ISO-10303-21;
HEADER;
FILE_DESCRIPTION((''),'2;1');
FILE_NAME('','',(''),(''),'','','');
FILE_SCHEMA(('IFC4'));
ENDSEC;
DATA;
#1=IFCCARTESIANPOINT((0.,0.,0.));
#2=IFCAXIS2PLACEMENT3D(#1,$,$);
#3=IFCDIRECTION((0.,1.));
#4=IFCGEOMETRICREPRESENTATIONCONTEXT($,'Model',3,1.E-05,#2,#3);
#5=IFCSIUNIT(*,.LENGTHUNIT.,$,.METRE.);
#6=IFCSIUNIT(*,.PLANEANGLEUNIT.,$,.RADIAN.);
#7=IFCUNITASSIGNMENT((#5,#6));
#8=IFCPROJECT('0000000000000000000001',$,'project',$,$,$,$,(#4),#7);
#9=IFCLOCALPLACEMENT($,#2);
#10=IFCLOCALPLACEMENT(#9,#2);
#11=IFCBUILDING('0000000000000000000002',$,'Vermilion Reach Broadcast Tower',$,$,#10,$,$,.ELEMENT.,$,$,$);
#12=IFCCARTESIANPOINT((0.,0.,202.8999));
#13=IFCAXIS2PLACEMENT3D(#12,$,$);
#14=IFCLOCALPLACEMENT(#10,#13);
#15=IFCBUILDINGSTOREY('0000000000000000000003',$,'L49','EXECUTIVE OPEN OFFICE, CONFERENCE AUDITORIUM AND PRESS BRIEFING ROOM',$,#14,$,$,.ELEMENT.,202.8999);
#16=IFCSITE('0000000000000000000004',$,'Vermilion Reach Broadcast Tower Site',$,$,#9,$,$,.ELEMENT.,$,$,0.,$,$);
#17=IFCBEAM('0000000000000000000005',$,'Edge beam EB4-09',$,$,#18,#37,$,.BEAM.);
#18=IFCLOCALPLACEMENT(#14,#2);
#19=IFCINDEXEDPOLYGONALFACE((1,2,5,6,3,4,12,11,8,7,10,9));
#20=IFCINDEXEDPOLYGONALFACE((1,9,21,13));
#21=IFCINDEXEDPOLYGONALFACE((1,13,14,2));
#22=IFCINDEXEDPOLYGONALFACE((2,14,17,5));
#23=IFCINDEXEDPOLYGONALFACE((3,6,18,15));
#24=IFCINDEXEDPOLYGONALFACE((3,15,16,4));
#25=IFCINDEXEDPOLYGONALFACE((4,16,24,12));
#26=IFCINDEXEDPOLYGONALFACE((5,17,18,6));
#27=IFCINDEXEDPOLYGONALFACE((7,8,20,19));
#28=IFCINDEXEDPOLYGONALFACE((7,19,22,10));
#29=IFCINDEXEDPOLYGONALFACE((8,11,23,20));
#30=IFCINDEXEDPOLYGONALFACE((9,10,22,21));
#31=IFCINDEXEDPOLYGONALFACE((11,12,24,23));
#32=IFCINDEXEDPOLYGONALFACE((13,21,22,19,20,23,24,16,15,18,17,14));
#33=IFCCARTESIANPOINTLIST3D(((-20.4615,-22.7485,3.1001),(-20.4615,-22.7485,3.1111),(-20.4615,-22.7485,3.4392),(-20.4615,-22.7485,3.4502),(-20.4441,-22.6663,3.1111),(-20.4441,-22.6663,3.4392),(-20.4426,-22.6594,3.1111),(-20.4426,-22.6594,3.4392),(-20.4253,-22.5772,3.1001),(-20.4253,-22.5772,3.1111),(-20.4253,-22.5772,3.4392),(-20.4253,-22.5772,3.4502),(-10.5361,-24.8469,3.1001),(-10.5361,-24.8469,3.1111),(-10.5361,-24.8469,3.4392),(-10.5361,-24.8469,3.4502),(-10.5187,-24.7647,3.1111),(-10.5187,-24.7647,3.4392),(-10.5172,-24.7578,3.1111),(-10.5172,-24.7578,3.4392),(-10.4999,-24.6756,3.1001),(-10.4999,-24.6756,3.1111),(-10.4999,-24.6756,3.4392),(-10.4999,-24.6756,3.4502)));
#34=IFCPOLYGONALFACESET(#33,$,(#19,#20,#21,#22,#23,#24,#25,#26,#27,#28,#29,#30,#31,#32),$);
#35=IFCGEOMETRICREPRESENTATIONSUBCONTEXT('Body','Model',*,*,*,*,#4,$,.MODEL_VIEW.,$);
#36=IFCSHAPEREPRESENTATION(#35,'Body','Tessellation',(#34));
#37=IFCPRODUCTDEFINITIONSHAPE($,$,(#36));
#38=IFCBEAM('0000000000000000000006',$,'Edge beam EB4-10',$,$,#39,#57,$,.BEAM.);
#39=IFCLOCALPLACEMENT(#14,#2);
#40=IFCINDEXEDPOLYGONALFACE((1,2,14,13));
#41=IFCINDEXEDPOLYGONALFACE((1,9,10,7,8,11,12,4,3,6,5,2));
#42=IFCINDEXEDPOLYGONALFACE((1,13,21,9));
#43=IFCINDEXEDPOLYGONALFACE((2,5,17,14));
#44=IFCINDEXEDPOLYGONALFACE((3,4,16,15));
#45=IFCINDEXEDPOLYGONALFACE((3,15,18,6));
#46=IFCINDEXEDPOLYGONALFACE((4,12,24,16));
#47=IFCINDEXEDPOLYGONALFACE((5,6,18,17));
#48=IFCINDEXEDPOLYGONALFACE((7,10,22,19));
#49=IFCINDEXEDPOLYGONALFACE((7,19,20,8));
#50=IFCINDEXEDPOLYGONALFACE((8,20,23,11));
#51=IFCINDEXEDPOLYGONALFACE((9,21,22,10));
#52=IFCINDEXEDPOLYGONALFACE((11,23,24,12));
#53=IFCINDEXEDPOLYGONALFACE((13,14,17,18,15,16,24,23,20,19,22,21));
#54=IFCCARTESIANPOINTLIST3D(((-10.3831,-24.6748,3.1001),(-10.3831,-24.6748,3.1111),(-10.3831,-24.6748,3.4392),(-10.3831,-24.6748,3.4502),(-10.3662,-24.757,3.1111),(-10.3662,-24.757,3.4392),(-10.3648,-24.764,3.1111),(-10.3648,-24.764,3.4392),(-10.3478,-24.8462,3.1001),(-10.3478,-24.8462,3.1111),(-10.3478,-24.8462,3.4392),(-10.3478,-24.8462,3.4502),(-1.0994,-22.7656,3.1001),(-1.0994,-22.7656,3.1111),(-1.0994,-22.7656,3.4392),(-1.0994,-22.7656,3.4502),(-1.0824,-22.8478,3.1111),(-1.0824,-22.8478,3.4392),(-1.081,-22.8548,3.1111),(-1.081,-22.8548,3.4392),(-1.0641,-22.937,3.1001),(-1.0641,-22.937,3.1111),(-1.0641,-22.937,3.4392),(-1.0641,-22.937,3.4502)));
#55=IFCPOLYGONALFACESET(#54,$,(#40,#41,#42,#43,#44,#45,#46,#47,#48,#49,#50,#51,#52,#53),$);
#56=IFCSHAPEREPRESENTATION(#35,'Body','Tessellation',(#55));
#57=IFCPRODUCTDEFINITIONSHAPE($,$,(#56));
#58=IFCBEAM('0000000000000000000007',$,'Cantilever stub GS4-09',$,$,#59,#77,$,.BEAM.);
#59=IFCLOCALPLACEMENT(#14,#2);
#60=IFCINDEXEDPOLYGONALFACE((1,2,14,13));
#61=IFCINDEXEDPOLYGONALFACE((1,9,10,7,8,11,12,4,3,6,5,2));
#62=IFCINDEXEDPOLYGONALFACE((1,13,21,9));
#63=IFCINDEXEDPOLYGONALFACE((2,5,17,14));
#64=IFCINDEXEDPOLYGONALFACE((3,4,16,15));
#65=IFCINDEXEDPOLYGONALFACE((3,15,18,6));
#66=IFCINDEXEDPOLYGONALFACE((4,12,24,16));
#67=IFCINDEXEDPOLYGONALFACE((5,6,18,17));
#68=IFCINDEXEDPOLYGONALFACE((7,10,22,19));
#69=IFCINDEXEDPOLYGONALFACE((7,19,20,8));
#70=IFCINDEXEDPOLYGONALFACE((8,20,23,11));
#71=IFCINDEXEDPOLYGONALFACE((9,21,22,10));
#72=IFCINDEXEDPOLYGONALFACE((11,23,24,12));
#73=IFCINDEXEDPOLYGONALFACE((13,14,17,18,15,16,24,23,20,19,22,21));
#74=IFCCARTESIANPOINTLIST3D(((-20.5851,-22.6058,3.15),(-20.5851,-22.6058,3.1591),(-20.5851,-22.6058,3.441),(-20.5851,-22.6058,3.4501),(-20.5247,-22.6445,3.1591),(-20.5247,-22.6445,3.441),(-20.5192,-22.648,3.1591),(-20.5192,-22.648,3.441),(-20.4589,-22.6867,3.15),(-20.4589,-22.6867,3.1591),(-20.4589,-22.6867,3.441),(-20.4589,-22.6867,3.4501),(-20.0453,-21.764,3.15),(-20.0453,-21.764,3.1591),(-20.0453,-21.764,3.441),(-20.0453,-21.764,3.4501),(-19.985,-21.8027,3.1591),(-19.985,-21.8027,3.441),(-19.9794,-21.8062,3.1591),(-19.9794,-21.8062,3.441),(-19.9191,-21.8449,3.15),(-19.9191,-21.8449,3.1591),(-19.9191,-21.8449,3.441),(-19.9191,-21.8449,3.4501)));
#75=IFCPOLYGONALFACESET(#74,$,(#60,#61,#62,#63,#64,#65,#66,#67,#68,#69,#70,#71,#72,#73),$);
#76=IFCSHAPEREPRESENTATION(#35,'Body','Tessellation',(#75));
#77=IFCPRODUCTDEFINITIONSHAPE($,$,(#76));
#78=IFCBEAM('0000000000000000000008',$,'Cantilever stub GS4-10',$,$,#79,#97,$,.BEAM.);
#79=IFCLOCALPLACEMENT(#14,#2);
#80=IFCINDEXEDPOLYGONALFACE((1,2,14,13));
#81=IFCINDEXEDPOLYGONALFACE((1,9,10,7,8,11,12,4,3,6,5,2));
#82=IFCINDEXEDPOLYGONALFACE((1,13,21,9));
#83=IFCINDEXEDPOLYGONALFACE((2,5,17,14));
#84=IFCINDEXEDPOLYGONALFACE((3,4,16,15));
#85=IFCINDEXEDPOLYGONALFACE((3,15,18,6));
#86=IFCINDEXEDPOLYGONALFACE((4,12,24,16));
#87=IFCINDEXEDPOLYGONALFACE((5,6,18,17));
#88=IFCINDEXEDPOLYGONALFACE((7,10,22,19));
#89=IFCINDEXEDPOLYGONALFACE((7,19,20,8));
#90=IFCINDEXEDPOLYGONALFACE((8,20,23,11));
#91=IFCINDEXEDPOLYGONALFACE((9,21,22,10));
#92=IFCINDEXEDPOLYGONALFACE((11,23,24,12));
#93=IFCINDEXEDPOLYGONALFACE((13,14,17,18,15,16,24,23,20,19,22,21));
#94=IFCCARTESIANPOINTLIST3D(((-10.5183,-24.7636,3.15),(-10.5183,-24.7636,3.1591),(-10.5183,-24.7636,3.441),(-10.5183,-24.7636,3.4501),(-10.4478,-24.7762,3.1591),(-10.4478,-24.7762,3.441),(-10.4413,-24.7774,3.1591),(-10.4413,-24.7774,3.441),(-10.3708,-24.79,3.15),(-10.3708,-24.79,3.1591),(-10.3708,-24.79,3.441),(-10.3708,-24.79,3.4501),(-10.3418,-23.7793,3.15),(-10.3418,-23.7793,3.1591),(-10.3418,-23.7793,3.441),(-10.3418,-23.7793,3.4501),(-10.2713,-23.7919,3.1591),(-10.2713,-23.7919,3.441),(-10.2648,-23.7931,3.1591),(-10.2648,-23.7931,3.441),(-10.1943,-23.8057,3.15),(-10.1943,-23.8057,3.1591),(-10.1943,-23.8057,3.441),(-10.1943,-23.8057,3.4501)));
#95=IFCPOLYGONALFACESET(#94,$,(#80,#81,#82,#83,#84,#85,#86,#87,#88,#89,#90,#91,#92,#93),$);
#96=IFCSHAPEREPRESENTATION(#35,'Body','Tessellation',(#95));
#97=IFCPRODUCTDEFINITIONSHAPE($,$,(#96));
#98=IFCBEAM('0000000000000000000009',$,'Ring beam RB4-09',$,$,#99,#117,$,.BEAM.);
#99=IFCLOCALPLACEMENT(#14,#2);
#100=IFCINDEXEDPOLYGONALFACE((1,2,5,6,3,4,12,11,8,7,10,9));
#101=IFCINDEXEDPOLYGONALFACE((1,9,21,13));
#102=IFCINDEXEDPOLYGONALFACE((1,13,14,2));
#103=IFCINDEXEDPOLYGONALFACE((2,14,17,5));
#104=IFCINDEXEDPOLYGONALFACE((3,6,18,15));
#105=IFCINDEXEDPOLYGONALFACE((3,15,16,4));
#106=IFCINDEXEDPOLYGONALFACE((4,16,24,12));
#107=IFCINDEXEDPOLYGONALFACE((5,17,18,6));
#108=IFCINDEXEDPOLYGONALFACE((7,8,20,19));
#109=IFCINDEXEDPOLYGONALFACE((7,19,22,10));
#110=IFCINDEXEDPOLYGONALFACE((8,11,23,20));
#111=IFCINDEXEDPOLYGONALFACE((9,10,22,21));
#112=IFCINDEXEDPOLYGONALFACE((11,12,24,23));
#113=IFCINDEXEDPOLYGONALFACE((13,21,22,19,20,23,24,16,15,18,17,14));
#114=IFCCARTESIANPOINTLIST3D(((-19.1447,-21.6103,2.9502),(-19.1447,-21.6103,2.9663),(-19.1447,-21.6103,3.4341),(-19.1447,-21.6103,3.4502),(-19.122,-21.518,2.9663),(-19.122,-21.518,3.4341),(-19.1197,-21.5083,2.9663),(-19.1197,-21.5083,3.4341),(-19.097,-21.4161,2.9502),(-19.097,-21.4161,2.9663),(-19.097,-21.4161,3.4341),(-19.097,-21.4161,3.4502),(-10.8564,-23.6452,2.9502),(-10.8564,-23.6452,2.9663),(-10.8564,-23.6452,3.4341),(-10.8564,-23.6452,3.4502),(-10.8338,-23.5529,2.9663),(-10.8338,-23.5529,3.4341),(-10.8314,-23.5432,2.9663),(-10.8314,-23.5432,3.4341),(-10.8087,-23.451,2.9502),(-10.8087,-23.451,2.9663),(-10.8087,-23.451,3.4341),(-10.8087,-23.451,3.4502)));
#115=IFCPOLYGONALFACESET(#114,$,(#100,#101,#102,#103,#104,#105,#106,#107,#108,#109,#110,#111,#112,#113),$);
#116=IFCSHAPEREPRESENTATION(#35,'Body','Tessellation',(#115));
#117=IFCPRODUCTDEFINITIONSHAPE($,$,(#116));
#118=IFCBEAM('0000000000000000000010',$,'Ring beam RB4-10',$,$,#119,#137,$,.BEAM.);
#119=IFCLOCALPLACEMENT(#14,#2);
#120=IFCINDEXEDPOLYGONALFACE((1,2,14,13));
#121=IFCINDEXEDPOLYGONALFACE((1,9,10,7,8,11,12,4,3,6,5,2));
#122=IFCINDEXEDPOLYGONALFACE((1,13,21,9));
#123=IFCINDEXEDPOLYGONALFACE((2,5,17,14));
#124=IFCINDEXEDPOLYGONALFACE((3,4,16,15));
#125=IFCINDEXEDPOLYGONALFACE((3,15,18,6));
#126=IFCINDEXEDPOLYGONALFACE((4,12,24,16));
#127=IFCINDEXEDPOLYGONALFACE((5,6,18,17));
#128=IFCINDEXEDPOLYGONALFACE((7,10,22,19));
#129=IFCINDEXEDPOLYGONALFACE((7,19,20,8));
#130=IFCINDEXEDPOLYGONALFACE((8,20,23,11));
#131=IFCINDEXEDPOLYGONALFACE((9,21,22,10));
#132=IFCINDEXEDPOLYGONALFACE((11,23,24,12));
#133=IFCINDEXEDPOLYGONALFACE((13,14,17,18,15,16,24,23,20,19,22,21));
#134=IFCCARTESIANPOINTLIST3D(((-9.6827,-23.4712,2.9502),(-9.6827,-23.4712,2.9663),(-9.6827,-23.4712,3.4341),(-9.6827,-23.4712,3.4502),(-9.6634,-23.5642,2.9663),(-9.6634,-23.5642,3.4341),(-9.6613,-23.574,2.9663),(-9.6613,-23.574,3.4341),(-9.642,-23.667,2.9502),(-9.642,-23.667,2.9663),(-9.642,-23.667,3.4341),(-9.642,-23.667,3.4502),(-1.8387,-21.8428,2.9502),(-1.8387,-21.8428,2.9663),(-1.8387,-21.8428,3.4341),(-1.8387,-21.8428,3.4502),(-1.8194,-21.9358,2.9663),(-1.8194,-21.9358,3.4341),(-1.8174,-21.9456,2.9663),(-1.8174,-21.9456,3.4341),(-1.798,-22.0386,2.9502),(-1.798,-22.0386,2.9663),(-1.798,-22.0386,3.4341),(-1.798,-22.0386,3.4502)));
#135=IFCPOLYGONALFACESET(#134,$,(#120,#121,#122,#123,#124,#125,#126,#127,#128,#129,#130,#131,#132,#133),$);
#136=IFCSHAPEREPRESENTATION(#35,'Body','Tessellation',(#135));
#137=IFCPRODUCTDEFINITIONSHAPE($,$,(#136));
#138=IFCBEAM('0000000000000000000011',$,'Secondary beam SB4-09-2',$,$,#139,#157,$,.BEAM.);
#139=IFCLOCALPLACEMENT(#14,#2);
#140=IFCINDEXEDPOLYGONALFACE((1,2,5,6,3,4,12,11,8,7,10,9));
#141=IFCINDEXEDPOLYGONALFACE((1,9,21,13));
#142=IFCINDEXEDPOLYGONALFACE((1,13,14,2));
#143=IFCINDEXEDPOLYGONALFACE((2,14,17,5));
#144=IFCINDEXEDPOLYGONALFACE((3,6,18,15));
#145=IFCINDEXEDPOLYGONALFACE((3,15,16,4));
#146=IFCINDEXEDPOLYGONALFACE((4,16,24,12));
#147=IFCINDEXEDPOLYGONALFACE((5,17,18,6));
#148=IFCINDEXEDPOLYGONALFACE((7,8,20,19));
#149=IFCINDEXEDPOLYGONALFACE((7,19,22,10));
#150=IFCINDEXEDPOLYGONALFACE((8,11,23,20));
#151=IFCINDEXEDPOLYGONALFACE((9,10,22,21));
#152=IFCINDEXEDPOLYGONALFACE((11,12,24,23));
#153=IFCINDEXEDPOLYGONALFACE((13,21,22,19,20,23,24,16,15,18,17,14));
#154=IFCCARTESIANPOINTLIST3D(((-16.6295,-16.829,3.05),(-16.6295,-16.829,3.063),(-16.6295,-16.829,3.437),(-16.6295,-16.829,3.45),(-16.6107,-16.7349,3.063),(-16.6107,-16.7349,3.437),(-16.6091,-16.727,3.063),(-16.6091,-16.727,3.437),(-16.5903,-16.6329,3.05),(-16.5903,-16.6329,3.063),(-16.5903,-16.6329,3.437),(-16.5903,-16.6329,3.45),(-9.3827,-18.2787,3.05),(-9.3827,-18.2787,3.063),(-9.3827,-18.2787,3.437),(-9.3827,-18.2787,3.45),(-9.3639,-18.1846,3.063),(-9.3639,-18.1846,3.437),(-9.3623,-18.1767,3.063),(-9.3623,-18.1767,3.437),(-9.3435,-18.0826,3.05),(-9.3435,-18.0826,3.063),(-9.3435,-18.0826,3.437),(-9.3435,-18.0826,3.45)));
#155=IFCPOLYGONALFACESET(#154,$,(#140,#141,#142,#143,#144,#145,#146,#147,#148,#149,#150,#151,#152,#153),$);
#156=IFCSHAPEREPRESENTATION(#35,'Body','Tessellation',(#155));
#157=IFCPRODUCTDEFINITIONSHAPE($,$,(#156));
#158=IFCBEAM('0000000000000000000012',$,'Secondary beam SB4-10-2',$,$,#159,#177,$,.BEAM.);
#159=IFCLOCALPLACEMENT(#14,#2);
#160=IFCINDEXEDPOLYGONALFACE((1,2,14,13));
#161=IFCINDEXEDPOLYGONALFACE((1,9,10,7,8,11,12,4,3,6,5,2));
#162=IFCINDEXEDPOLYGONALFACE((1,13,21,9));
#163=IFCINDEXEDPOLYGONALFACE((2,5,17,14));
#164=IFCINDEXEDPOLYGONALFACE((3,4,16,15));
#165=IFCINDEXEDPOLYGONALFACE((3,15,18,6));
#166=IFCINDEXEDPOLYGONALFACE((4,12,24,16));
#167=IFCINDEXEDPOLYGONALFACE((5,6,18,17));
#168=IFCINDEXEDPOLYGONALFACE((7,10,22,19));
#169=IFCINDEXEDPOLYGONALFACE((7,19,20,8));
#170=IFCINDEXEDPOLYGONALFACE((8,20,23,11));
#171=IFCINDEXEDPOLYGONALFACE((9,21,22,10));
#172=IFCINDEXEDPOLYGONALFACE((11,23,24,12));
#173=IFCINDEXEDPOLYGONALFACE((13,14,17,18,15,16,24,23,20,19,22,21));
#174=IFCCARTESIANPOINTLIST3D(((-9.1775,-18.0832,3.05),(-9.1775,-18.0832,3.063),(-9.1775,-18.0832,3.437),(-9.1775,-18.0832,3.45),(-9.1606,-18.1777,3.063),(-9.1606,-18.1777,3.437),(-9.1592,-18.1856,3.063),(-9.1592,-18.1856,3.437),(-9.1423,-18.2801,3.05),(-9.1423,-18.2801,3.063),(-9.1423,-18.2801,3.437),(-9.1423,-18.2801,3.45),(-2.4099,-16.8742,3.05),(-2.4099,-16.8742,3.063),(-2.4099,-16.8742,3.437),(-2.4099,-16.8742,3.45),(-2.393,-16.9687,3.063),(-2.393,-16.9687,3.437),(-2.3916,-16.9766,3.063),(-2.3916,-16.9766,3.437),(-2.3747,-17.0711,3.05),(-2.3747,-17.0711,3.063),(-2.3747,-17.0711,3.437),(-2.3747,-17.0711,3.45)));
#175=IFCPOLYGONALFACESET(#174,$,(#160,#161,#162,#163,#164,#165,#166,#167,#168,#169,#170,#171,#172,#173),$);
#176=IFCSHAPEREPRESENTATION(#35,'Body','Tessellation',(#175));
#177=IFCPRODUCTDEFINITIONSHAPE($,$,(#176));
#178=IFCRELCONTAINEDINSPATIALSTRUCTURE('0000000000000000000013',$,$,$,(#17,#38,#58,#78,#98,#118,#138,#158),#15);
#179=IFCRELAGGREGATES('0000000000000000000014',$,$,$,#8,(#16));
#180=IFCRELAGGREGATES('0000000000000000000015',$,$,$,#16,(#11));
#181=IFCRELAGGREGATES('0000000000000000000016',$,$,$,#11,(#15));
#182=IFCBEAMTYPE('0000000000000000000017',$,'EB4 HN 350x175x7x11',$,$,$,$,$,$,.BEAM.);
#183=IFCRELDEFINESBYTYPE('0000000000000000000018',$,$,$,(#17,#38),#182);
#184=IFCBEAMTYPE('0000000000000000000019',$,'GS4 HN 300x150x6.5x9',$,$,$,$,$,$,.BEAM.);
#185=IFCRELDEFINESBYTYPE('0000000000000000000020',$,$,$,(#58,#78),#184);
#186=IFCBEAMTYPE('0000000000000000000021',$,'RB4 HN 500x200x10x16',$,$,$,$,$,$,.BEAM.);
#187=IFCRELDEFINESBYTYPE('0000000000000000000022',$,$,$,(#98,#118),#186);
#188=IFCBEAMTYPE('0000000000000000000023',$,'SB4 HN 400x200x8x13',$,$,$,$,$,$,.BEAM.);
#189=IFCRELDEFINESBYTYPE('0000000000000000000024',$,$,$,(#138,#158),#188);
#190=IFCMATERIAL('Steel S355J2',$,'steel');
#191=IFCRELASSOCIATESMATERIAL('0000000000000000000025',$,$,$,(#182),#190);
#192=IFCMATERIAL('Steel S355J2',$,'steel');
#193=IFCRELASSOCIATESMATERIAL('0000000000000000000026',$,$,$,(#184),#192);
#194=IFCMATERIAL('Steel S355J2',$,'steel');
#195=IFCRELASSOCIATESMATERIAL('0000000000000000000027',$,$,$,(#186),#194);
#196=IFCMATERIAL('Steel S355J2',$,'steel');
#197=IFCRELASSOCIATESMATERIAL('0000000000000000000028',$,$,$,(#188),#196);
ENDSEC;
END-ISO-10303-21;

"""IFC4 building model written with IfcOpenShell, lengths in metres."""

from ifc_helpers import new_model, si_unit, direction, frame, origin, origin_2d, place, context, subcontext, project, spatial, i_section, extrude, material, material_profile, profile_set, type_object, element, save


model = new_model("IFC4")

# Units and contexts
model_context = context("Model", 3, precision=1e-05, world=origin(), true_north=direction((0.0, 1.0)))
body_context = subcontext(model_context, "Body", "Model", "MODEL_VIEW")
ifc_project = project(units=[si_unit("LENGTHUNIT", "METRE"), si_unit("PLANEANGLEUNIT", "RADIAN")], contexts=[model_context])

# Site, building, storey
site_placement = place(None, origin())
site = spatial("IfcSite", under=ifc_project, at=site_placement, Name="Vermilion Reach Broadcast Tower Site", CompositionType="ELEMENT", RefElevation=0.0)
building_placement = place(site_placement, origin())
building = spatial("IfcBuilding", under=site, at=building_placement, Name="Vermilion Reach Broadcast Tower", CompositionType="ELEMENT")
storey_placement = place(building_placement, frame((0.0, 0.0, 202.8999)))
storey = spatial("IfcBuildingStorey", under=building, at=storey_placement, Name="L49", Description="EXECUTIVE OPEN OFFICE, CONFERENCE AUDITORIUM AND PRESS BRIEFING ROOM", CompositionType="ELEMENT", Elevation=202.8999)

# Beams
ifc_material_1 = material(Name="Steel S355J2", Category="steel")
ifc_material_profile_1 = material_profile(ifc_material_1, i_section(OverallWidth=0.175, OverallDepth=0.3501, WebThickness=0.0071, FlangeThickness=0.011, at=origin_2d()), Name="S355J2 HN 350x175x7x11")
ifc_profile_set_1 = profile_set([ifc_material_profile_1], Name="Steel S355J2")
beam_type_1 = type_object("IfcBeamType", Name="EB4 HN 350x175x7x11", PredefinedType="BEAM", material=ifc_profile_set_1)
beam_1_placement = place(storey_placement, frame((-20.4434, -22.6628, 3.2751), z_axis=(0.978373, -0.206846, 0.0), x_axis=(0.206846, 0.978373, 0.0)))
element("IfcBeam", 1, at=beam_1_placement, inside=storey, type_object=beam_type_1, Name="Edge beam EB4-09", PredefinedType="BEAM", context=body_context, shape_type="SweptSolid", body=[
    extrude(i_section(OverallWidth=0.175, OverallDepth=0.3501, WebThickness=0.0071, FlangeThickness=0.011, at=origin_2d()), origin(), (0.0, 0.0, 1.0), 10.1448),
])
beam_2_placement = place(storey_placement, frame((-10.3655, -24.7605, 3.2751), z_axis=(0.979502, 0.201433, 0.0), x_axis=(-0.201433, 0.979502, 0.0)))
element("IfcBeam", 2, at=beam_2_placement, inside=storey, type_object=beam_type_1, Name="Edge beam EB4-10", PredefinedType="BEAM", context=body_context, shape_type="SweptSolid", body=[
    extrude(i_section(OverallWidth=0.175, OverallDepth=0.3501, WebThickness=0.0071, FlangeThickness=0.011, at=origin_2d()), origin(), (0.0, 0.0, 1.0), 9.478),
])
ifc_material_2 = material(Name="Steel S355J2", Category="steel")
ifc_material_profile_2 = material_profile(ifc_material_2, i_section(OverallWidth=0.1499, OverallDepth=0.3, WebThickness=0.0066, FlangeThickness=0.009, at=origin_2d()), Name="S355J2 HN 300x150x6.5x9")
ifc_profile_set_2 = profile_set([ifc_material_profile_2], Name="Steel S355J2")
beam_type_2 = type_object("IfcBeamType", Name="GS4 HN 300x150x6.5x9", PredefinedType="BEAM", material=ifc_profile_set_2)
for number, where, z_axis, x_axis, name in (
    (3, (-19.9822, -21.8044, 3.3), (-0.539795, -0.841797, 0.0), (0.841797, -0.539795, 0.0), "Cantilever stub GS4-09"),
    (4, (-10.2681, -23.7925, 3.3), (-0.1765, -0.984301, 0.0), (0.984301, -0.1765, 0.0), "Cantilever stub GS4-10"),
):
    element("IfcBeam", number, at=place(storey_placement, frame(where, z_axis=z_axis, x_axis=x_axis)), inside=storey, type_object=beam_type_2, Name=name, PredefinedType="BEAM", context=body_context, shape_type="SweptSolid", body=[
        extrude(i_section(OverallWidth=0.1499, OverallDepth=0.3, WebThickness=0.0066, FlangeThickness=0.009, at=origin_2d()), origin(), (0.0, 0.0, 1.0), 1.0),
    ])
ifc_material_3 = material(Name="Steel S355J2", Category="steel")
ifc_material_profile_3 = material_profile(ifc_material_3, i_section(OverallWidth=0.2, OverallDepth=0.5, WebThickness=0.01, FlangeThickness=0.0161, at=origin_2d()), Name="S355J2 HN 500x200x10x16")
ifc_profile_set_3 = profile_set([ifc_material_profile_3], Name="Steel S355J2")
beam_type_3 = type_object("IfcBeamType", Name="RB4 HN 500x200x10x16", PredefinedType="BEAM", material=ifc_profile_set_3)
beam_3_placement = place(storey_placement, frame((-19.1208, -21.5132, 3.2002), z_axis=(0.971159, -0.238434, 0.0), x_axis=(0.238434, 0.971159, 0.0)))
element("IfcBeam", 5, at=beam_3_placement, inside=storey, type_object=beam_type_3, Name="Ring beam RB4-09", PredefinedType="BEAM", context=body_context, shape_type="SweptSolid", body=[
    extrude(i_section(OverallWidth=0.2, OverallDepth=0.5, WebThickness=0.01, FlangeThickness=0.0161, at=origin_2d()), origin(), (0.0, 0.0, 1.0), 8.5344),
])
beam_4_placement = place(storey_placement, frame((-9.6624, -23.5691, 3.2002), z_axis=(0.979123, 0.203267, 0.0), x_axis=(-0.203267, 0.979123, 0.0)))
element("IfcBeam", 6, at=beam_4_placement, inside=storey, type_object=beam_type_3, Name="Ring beam RB4-10", PredefinedType="BEAM", context=body_context, shape_type="SweptSolid", body=[
    extrude(i_section(OverallWidth=0.2, OverallDepth=0.5, WebThickness=0.01, FlangeThickness=0.0161, at=origin_2d()), origin(), (0.0, 0.0, 1.0), 8.0112),
])
ifc_material_4 = material(Name="Steel S355J2", Category="steel")
ifc_material_profile_4 = material_profile(ifc_material_4, i_section(OverallWidth=0.2, OverallDepth=0.3999, WebThickness=0.0081, FlangeThickness=0.0129, at=origin_2d()), Name="S355J2 HN 400x200x8x13")
ifc_profile_set_4 = profile_set([ifc_material_profile_4], Name="Steel S355J2")
beam_type_4 = type_object("IfcBeamType", Name="SB4 HN 400x200x8x13", PredefinedType="BEAM", material=ifc_profile_set_4)
beam_5_placement = place(storey_placement, frame((-16.6099, -16.731, 3.25), z_axis=(0.980572, -0.196161, 0.0), x_axis=(0.196161, 0.980572, 0.0)))
element("IfcBeam", 7, at=beam_5_placement, inside=storey, type_object=beam_type_4, Name="Secondary beam SB4-09-2", PredefinedType="BEAM", context=body_context, shape_type="SweptSolid", body=[
    extrude(i_section(OverallWidth=0.2, OverallDepth=0.3999, WebThickness=0.0081, FlangeThickness=0.0129, at=origin_2d()), origin(), (0.0, 0.0, 1.0), 7.3904),
])
beam_6_placement = place(storey_placement, frame((-9.1599, -18.1816, 3.25), z_axis=(0.984415, 0.175859, 0.0), x_axis=(-0.175859, 0.984415, 0.0)))
element("IfcBeam", 8, at=beam_6_placement, inside=storey, type_object=beam_type_4, Name="Secondary beam SB4-10-2", PredefinedType="BEAM", context=body_context, shape_type="SweptSolid", body=[
    extrude(i_section(OverallWidth=0.2, OverallDepth=0.3999, WebThickness=0.0081, FlangeThickness=0.0129, at=origin_2d()), origin(), (0.0, 0.0, 1.0), 6.8748),
])

save(model, "model.ifc")
